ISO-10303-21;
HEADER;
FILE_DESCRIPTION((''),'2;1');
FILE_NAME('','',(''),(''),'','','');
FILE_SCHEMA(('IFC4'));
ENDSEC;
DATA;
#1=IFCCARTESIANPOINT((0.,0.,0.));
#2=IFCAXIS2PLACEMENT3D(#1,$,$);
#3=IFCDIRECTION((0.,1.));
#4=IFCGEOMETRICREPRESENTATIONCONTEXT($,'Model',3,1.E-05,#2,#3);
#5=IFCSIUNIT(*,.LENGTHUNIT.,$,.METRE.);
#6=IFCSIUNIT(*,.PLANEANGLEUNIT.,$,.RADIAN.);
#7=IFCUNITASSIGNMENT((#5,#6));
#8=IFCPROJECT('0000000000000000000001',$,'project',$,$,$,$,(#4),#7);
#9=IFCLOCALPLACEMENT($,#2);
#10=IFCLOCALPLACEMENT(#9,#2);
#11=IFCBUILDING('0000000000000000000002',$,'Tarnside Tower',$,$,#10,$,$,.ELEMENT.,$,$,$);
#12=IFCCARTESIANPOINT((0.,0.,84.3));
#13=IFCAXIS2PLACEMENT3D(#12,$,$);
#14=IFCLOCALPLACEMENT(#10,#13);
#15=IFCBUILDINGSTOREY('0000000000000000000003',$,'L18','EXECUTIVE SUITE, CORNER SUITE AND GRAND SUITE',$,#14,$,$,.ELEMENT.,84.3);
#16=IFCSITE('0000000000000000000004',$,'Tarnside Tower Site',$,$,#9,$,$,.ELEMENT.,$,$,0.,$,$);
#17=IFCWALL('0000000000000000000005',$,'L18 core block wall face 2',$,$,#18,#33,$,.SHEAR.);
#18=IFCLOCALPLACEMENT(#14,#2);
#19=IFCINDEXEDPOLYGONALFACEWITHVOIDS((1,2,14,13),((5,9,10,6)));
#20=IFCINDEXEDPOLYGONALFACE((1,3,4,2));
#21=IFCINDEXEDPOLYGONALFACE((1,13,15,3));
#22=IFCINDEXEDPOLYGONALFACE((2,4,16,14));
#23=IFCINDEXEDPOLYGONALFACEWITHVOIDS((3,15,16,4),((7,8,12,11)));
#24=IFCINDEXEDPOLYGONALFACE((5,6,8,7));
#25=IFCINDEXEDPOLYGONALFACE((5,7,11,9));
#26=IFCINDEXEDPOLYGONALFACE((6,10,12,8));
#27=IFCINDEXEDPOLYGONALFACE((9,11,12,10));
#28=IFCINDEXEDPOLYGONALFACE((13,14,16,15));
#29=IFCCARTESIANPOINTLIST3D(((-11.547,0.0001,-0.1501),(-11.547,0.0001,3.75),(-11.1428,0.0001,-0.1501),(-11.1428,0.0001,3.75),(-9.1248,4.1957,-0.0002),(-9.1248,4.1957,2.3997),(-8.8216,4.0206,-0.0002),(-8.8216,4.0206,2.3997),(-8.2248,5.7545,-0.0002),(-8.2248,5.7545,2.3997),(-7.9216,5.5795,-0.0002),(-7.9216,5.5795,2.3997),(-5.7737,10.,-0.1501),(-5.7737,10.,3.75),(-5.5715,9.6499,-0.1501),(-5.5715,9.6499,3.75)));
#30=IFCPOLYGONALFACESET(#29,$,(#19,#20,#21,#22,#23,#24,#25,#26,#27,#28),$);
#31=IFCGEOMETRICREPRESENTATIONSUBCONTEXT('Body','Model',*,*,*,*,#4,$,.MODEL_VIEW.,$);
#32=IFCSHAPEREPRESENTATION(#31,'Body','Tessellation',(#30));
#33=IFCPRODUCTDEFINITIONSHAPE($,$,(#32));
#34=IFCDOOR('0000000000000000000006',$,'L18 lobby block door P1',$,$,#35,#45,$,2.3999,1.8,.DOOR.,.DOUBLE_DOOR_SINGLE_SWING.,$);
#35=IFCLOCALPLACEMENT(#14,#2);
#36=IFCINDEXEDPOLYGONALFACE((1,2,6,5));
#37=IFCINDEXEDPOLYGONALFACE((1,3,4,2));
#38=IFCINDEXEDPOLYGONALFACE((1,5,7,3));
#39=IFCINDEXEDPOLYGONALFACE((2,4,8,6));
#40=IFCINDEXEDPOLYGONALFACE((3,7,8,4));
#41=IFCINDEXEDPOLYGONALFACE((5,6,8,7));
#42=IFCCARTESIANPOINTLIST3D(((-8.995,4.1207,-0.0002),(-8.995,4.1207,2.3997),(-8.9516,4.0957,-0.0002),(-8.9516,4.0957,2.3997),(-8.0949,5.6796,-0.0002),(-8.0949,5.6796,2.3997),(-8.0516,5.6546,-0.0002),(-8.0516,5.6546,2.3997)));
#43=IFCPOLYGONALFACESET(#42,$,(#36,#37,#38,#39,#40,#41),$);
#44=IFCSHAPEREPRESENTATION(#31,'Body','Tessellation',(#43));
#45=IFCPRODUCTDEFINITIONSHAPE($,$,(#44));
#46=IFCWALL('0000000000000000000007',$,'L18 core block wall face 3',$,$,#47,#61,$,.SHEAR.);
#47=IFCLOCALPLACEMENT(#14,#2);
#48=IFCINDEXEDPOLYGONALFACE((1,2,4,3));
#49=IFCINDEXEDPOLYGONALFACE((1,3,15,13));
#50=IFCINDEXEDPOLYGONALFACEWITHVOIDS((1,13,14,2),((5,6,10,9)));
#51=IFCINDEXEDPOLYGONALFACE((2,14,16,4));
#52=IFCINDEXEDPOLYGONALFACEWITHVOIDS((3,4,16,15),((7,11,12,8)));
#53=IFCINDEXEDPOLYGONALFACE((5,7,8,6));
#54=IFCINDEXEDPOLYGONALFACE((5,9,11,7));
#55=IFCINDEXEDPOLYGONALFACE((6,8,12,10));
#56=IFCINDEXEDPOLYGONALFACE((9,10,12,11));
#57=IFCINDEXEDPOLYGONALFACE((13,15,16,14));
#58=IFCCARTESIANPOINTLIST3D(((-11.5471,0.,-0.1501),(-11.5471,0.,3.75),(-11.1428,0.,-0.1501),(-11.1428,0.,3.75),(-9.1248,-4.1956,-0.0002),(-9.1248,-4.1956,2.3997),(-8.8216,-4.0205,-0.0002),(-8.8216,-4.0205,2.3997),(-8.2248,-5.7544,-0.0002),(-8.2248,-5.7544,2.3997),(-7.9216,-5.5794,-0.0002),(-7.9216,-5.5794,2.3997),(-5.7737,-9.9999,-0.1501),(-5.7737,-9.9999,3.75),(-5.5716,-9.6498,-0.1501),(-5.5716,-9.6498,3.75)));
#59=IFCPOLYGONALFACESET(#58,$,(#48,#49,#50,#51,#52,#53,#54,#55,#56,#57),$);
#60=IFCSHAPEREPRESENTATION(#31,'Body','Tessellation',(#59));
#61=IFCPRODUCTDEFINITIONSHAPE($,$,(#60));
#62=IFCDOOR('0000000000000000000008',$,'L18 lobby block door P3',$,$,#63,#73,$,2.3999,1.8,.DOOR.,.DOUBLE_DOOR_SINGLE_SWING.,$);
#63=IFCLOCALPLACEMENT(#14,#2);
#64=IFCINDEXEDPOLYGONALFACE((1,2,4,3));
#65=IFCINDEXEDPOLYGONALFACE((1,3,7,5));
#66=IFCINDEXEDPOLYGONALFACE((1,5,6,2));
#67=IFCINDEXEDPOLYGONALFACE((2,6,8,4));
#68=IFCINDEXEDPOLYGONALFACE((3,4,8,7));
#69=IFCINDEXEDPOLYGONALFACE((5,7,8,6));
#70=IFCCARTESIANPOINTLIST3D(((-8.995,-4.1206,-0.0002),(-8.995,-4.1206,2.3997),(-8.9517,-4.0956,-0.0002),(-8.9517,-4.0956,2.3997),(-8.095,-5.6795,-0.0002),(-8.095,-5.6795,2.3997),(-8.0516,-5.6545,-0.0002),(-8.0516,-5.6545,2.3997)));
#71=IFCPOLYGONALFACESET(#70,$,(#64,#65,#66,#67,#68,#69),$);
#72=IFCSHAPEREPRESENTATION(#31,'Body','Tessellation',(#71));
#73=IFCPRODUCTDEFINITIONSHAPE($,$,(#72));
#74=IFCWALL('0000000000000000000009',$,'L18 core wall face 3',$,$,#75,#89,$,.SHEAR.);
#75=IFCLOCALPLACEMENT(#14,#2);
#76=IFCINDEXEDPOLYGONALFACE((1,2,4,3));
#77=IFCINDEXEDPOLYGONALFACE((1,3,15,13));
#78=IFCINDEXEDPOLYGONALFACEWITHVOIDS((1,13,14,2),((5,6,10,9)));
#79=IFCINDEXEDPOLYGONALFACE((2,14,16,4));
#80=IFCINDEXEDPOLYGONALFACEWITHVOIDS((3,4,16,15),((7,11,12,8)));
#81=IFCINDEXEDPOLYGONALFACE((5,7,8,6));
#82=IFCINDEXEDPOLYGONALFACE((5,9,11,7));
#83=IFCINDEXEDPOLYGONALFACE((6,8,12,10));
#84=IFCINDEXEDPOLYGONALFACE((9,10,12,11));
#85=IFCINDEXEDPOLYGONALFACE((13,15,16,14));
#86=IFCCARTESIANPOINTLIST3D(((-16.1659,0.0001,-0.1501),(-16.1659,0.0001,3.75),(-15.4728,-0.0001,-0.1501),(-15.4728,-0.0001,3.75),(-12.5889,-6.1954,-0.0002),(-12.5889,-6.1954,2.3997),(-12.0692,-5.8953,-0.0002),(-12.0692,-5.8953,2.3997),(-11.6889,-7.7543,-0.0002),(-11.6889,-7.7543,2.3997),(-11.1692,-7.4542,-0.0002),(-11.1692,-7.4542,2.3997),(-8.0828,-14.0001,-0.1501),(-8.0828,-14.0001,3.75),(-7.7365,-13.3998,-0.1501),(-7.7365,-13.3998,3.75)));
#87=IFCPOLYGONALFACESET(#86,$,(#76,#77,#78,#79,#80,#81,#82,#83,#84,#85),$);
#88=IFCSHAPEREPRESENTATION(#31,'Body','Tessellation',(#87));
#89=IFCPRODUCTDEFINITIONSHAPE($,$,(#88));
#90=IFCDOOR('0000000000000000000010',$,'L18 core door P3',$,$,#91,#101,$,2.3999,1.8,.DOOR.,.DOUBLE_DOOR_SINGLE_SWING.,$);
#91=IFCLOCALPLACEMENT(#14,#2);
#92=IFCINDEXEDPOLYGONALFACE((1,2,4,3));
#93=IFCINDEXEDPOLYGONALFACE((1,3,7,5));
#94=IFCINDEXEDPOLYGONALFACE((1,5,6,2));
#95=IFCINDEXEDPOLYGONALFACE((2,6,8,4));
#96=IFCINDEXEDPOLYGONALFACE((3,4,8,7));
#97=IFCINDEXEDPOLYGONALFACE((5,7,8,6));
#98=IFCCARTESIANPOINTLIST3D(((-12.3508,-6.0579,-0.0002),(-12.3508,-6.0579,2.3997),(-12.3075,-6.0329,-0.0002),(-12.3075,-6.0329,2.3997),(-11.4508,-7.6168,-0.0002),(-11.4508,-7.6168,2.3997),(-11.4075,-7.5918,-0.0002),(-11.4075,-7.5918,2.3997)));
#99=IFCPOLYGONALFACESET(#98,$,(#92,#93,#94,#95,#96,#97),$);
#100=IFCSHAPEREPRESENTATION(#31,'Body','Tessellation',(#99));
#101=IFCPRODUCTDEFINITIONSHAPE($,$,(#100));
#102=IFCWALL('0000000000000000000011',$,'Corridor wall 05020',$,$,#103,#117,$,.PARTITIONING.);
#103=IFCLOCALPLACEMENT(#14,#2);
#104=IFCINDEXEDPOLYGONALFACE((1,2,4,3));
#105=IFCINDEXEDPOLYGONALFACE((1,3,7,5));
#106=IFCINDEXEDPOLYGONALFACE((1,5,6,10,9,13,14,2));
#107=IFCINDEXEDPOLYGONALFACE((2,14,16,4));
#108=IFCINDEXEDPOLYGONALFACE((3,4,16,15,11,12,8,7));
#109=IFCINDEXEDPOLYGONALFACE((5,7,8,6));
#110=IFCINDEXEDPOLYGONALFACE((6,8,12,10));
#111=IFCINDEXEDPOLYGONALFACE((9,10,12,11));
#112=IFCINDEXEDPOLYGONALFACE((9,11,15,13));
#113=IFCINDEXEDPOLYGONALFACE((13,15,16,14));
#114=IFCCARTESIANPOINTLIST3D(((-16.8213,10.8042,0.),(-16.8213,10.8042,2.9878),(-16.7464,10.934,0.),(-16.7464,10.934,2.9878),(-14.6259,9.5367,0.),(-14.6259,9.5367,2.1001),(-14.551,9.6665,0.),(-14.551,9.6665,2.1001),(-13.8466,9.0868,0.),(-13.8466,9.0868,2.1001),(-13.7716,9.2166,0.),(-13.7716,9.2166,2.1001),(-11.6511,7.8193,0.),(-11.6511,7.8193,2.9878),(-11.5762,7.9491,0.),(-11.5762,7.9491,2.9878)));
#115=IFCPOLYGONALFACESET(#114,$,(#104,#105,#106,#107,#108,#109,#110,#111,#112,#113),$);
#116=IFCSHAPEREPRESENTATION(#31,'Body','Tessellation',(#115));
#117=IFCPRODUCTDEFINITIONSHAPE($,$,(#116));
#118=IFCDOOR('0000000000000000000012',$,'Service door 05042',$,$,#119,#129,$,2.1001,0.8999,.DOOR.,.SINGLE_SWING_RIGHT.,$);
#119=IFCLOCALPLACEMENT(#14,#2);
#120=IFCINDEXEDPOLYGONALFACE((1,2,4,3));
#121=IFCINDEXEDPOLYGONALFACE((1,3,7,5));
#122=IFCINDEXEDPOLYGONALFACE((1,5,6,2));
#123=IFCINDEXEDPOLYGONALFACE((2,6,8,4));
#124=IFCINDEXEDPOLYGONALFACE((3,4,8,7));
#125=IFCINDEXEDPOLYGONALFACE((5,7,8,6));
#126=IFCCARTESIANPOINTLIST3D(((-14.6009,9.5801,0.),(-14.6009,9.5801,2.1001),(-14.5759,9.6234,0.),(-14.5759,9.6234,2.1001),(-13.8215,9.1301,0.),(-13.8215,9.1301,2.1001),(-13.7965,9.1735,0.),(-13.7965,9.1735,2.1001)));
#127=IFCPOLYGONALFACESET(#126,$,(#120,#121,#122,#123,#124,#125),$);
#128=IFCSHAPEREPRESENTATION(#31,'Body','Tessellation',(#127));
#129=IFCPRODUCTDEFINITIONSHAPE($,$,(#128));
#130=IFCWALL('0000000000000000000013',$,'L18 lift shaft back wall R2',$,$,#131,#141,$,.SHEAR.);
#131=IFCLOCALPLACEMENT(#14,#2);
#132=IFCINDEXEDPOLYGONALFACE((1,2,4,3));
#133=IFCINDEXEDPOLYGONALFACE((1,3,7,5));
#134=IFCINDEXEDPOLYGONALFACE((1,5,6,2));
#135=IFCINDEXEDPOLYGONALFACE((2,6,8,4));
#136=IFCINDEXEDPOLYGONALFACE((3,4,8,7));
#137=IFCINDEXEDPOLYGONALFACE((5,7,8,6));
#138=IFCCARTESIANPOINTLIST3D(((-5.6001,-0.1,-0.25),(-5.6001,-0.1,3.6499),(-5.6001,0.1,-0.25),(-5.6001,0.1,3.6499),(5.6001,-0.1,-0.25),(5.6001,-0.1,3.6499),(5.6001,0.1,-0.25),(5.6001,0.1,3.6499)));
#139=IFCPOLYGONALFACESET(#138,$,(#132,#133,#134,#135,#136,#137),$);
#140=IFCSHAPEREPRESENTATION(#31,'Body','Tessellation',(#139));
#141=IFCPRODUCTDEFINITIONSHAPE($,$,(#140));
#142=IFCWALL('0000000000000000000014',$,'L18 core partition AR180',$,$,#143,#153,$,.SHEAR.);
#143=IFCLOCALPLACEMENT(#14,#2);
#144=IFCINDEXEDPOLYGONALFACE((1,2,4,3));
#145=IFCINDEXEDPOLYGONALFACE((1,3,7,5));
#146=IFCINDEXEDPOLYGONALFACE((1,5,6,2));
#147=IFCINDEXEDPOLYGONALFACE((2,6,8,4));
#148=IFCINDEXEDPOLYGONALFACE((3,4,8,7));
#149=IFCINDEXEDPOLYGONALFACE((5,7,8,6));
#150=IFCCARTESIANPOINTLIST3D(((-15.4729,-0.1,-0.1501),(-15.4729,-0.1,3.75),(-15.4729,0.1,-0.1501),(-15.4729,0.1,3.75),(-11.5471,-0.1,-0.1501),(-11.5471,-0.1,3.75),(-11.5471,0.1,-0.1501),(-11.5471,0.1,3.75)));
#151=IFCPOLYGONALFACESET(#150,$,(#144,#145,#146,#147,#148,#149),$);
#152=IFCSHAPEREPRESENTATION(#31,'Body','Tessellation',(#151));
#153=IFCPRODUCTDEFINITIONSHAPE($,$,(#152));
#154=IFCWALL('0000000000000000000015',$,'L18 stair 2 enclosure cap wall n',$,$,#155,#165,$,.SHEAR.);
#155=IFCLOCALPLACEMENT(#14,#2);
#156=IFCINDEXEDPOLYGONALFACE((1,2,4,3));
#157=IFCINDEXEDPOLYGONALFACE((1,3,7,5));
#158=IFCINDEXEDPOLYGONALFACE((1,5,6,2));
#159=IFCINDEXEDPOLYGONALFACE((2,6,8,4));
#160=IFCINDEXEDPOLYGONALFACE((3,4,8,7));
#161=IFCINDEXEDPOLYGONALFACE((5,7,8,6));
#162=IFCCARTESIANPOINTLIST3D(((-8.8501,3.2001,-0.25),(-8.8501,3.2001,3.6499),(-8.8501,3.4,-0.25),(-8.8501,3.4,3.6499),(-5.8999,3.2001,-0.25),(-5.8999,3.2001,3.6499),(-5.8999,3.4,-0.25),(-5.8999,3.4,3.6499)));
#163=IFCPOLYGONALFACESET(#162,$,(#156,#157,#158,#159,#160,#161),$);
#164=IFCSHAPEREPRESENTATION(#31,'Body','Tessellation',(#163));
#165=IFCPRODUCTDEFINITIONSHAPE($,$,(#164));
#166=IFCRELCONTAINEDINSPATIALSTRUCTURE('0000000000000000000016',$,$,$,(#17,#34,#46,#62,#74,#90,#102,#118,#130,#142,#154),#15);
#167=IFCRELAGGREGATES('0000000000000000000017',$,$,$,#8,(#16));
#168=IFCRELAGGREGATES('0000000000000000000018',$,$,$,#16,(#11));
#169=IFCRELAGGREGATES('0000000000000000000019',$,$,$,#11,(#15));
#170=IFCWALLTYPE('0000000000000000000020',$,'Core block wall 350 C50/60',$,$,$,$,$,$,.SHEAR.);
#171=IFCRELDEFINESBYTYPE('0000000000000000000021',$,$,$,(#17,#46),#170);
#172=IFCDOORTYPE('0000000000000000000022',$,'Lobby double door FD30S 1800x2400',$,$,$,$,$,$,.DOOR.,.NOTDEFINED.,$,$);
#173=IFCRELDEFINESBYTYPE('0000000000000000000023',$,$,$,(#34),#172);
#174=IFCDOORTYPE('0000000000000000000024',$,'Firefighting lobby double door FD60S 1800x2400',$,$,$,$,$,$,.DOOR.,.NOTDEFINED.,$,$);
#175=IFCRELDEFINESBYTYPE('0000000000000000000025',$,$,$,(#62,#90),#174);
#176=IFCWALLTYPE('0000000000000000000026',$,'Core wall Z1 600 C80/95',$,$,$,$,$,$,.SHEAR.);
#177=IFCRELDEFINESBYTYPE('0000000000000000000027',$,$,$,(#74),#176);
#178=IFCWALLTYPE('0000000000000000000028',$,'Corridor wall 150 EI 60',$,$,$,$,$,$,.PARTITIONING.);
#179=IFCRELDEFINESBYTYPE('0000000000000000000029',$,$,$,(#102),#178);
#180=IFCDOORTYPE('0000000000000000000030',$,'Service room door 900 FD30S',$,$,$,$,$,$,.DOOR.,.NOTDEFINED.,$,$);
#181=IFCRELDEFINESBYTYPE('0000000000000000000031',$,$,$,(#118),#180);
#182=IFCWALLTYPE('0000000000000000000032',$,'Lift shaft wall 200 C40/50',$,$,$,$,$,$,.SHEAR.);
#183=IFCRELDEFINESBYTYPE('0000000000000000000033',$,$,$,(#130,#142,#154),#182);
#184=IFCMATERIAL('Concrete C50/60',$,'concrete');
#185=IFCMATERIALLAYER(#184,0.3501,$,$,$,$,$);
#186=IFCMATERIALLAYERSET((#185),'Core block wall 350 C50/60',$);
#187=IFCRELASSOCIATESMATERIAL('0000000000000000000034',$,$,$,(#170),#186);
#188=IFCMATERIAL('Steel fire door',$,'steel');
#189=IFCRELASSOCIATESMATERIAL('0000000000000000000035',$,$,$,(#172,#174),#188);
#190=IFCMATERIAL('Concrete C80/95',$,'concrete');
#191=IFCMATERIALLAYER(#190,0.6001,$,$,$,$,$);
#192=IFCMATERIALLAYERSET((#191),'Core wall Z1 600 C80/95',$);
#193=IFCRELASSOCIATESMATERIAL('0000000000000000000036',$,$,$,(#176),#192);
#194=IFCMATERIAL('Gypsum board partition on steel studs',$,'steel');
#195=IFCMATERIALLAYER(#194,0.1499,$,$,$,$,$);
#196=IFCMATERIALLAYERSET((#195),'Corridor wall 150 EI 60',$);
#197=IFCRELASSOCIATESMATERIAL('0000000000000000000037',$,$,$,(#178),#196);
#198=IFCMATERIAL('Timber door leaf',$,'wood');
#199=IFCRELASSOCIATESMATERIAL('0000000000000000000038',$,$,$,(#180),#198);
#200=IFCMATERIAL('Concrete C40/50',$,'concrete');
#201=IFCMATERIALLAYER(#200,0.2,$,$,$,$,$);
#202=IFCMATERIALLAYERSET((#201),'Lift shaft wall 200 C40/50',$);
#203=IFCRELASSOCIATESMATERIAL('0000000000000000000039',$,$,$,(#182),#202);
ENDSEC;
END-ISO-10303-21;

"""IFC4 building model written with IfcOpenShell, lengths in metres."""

from ifc_helpers import new_model, si_unit, direction, frame, frame_2d, origin, place, context, subcontext, project, spatial, polyline, rectangle, outline, extrude, material, layer, layer_set, type_object, element, fill, save


model = new_model("IFC4")

# Units and contexts
model_context = context("Model", 3, precision=1e-05, world=origin(), true_north=direction((0.0, 1.0)))
body_context = subcontext(model_context, "Body", "Model", "MODEL_VIEW")
ifc_project = project(units=[si_unit("LENGTHUNIT", "METRE"), si_unit("PLANEANGLEUNIT", "RADIAN")], contexts=[model_context])

# Site, building, storey
site_placement = place(None, origin())
site = spatial("IfcSite", under=ifc_project, at=site_placement, Name="Tarnside Tower Site", CompositionType="ELEMENT", RefElevation=0.0)
building_placement = place(site_placement, origin())
building = spatial("IfcBuilding", under=site, at=building_placement, Name="Tarnside Tower", CompositionType="ELEMENT")
storey_placement = place(building_placement, frame((0.0, 0.0, 84.3)))
storey = spatial("IfcBuildingStorey", under=building, at=storey_placement, Name="L18", Description="EXECUTIVE SUITE, CORNER SUITE AND GRAND SUITE", CompositionType="ELEMENT", Elevation=84.3)

# Walls, openings, doors
ifc_material_1 = material(Name="Concrete C50/60", Category="concrete")
ifc_layer_1 = layer(ifc_material_1, 0.3501)
ifc_layer_set_1 = layer_set([ifc_layer_1], Name="Core block wall 350 C50/60")
wall_type_1 = type_object("IfcWallType", Name="Core block wall 350 C50/60", PredefinedType="SHEAR", material=ifc_layer_set_1)
wall_1_placement = place(storey_placement, frame((-5.6726, 9.825, -0.1501), z_axis=(0.0, 0.0, 1.0), x_axis=(-0.499995, -0.866028, 0.0)))
wall_1 = element("IfcWall", 1, at=wall_1_placement, inside=storey, type_object=wall_type_1, Name="L18 core block wall face 2", PredefinedType="SHEAR", context=body_context, shape_type="SweptSolid", body=[
    extrude(outline(polyline([(-0.1011, -0.175), (11.4458, -0.175), (11.2437, 0.175), (0.1011, 0.175), (-0.1011, -0.175)])), origin(), (0.0, 0.0, 1.0), 3.9001),
])
opening_1_placement = place(wall_1_placement, frame((4.8013, 0.0, 0.1499)))
opening_1 = element("IfcOpeningElement", 2, at=opening_1_placement, cuts=wall_1, PredefinedType="OPENING", context=body_context, shape_type="SweptSolid", body=[
    extrude(rectangle(XDim=1.8, YDim=2.3999, at=frame_2d((0.8999, 1.2))), frame((0.0, 0.1851, 0.0), z_axis=(0.0, -1.0, 0.0), x_axis=(1.0, 0.0, 0.0)), (0.0, 0.0, 1.0), 0.3701),
])
ifc_material_2 = material(Name="Steel fire door", Category="steel")
door_type_1 = type_object("IfcDoorType", Name="Lobby double door FD30S 1800x2400", OperationType="NOTDEFINED", PredefinedType="DOOR", material=ifc_material_2)
door_1_placement = place(opening_1_placement, origin())
door_1 = element("IfcDoor", 3, at=door_1_placement, inside=storey, type_object=door_type_1, Name="L18 lobby block door P1", OperationType="DOUBLE_DOOR_SINGLE_SWING", OverallHeight=2.3999, OverallWidth=1.8, PredefinedType="DOOR", context=body_context, shape_type="SweptSolid", body=[
    extrude(rectangle(XDim=1.8, YDim=2.3999, at=frame_2d((0.8999, 1.2))), frame((0.0, 0.0249, 0.0), z_axis=(0.0, -1.0, 0.0), x_axis=(1.0, 0.0, 0.0)), (0.0, 0.0, 1.0), 0.05),
])
fill(opening_1, door_1)
wall_2_placement = place(storey_placement, frame((-11.345, 0.0, -0.1501), z_axis=(0.0, 0.0, 1.0), x_axis=(0.499995, -0.866028, 0.0)))
wall_2 = element("IfcWall", 4, at=wall_2_placement, inside=storey, type_object=wall_type_1, Name="L18 core block wall face 3", PredefinedType="SHEAR", context=body_context, shape_type="SweptSolid", body=[
    extrude(outline(polyline([(-0.1011, -0.175), (11.4458, -0.175), (11.2437, 0.175), (0.1011, 0.175), (-0.1011, -0.175)])), origin(), (0.0, 0.0, 1.0), 3.9001),
])
opening_2_placement = place(wall_2_placement, frame((4.7437, 0.0, 0.1499)))
opening_2 = element("IfcOpeningElement", 5, at=opening_2_placement, cuts=wall_2, PredefinedType="OPENING", context=body_context, shape_type="SweptSolid", body=[
    extrude(rectangle(XDim=1.8, YDim=2.3999, at=frame_2d((0.8999, 1.2))), frame((0.0, 0.1851, 0.0), z_axis=(0.0, -1.0, 0.0), x_axis=(1.0, 0.0, 0.0)), (0.0, 0.0, 1.0), 0.3701),
])
door_type_2 = type_object("IfcDoorType", Name="Firefighting lobby double door FD60S 1800x2400", OperationType="NOTDEFINED", PredefinedType="DOOR", material=ifc_material_2)
door_2_placement = place(opening_2_placement, origin())
door_2 = element("IfcDoor", 6, at=door_2_placement, inside=storey, type_object=door_type_2, Name="L18 lobby block door P3", OperationType="DOUBLE_DOOR_SINGLE_SWING", OverallHeight=2.3999, OverallWidth=1.8, PredefinedType="DOOR", context=body_context, shape_type="SweptSolid", body=[
    extrude(rectangle(XDim=1.8, YDim=2.3999, at=frame_2d((0.8999, 1.2))), frame((0.0, 0.0249, 0.0), z_axis=(0.0, -1.0, 0.0), x_axis=(1.0, 0.0, 0.0)), (0.0, 0.0, 1.0), 0.05),
])
fill(opening_2, door_2)
ifc_material_3 = material(Name="Concrete C80/95", Category="concrete")
ifc_layer_2 = layer(ifc_material_3, 0.6001)
ifc_layer_set_2 = layer_set([ifc_layer_2], Name="Core wall Z1 600 C80/95")
wall_type_2 = type_object("IfcWallType", Name="Core wall Z1 600 C80/95", PredefinedType="SHEAR", material=ifc_layer_set_2)
wall_3_placement = place(storey_placement, frame((-15.8193, 0.0, -0.1501), z_axis=(0.0, 0.0, 1.0), x_axis=(0.5, -0.866025, 0.0)))
wall_3 = element("IfcWall", 7, at=wall_3_placement, inside=storey, type_object=wall_type_2, Name="L18 core wall face 3", PredefinedType="SHEAR", context=body_context, shape_type="SweptSolid", body=[
    extrude(outline(polyline([(-0.1733, -0.3), (15.9927, -0.3), (15.646, 0.3), (0.1733, 0.3), (-0.1733, -0.3)])), origin(), (0.0, 0.0, 1.0), 3.9001),
])
opening_3_placement = place(wall_3_placement, frame((6.9807, 0.0, 0.1499)))
opening_3 = element("IfcOpeningElement", 8, at=opening_3_placement, cuts=wall_3, PredefinedType="OPENING", context=body_context, shape_type="SweptSolid", body=[
    extrude(rectangle(XDim=1.8, YDim=2.3999, at=frame_2d((0.8999, 1.2))), frame((0.0, 0.3101, 0.0), z_axis=(0.0, -1.0, 0.0), x_axis=(1.0, 0.0, 0.0)), (0.0, 0.0, 1.0), 0.6201),
])
door_3_placement = place(opening_3_placement, origin())
door_3 = element("IfcDoor", 9, at=door_3_placement, inside=storey, type_object=door_type_2, Name="L18 core door P3", OperationType="DOUBLE_DOOR_SINGLE_SWING", OverallHeight=2.3999, OverallWidth=1.8, PredefinedType="DOOR", context=body_context, shape_type="SweptSolid", body=[
    extrude(rectangle(XDim=1.8, YDim=2.3999, at=frame_2d((0.8999, 1.2))), frame((0.0, 0.0249, 0.0), z_axis=(0.0, -1.0, 0.0), x_axis=(1.0, 0.0, 0.0)), (0.0, 0.0, 1.0), 0.05),
])
fill(opening_3, door_3)
ifc_material_4 = material(Name="Gypsum board partition on steel studs", Category="steel")
ifc_layer_3 = layer(ifc_material_4, 0.1499)
ifc_layer_set_3 = layer_set([ifc_layer_3], Name="Corridor wall 150 EI 60")
wall_type_3 = type_object("IfcWallType", Name="Corridor wall 150 EI 60", PredefinedType="PARTITIONING", material=ifc_layer_set_3)
wall_4_placement = place(storey_placement, frame((-11.6138, 7.8843, 0.0), z_axis=(0.0, 0.0, 1.0), x_axis=(-0.866035, 0.499983, 0.0)))
wall_4 = element("IfcWall", 10, at=wall_4_placement, inside=storey, type_object=wall_type_3, Name="Corridor wall 05020", PredefinedType="PARTITIONING", context=body_context, shape_type="SweptSolid", body=[
    extrude(rectangle(XDim=5.97, YDim=0.1499, at=frame_2d((2.9849, 0.0))), origin(), (0.0, 0.0, 1.0), 2.9878),
])
opening_4_placement = place(wall_4_placement, frame((2.5349, 0.0, 0.0)))
opening_4 = element("IfcOpeningElement", 11, at=opening_4_placement, cuts=wall_4, PredefinedType="OPENING", context=body_context, shape_type="SweptSolid", body=[
    extrude(rectangle(XDim=0.8999, YDim=2.1001, at=frame_2d((0.45, 1.05))), frame((0.0, 0.085, 0.0), z_axis=(0.0, -1.0, 0.0), x_axis=(1.0, 0.0, 0.0)), (0.0, 0.0, 1.0), 0.1699),
])
ifc_material_5 = material(Name="Timber door leaf", Category="wood")
door_type_3 = type_object("IfcDoorType", Name="Service room door 900 FD30S", OperationType="NOTDEFINED", PredefinedType="DOOR", material=ifc_material_5)
door_4_placement = place(opening_4_placement, origin())
door_4 = element("IfcDoor", 12, at=door_4_placement, inside=storey, type_object=door_type_3, Name="Service door 05042", OperationType="SINGLE_SWING_RIGHT", OverallHeight=2.1001, OverallWidth=0.8999, PredefinedType="DOOR", context=body_context, shape_type="SweptSolid", body=[
    extrude(rectangle(XDim=0.8999, YDim=2.1001, at=frame_2d((0.45, 1.05))), frame((0.0, 0.0249, 0.0), z_axis=(0.0, -1.0, 0.0), x_axis=(1.0, 0.0, 0.0)), (0.0, 0.0, 1.0), 0.05),
])
fill(opening_4, door_4)

# Walls
ifc_material_6 = material(Name="Concrete C40/50", Category="concrete")
ifc_layer_4 = layer(ifc_material_6, 0.2)
ifc_layer_set_4 = layer_set([ifc_layer_4], Name="Lift shaft wall 200 C40/50")
wall_type_4 = type_object("IfcWallType", Name="Lift shaft wall 200 C40/50", PredefinedType="SHEAR", material=ifc_layer_set_4)
wall_5_placement = place(storey_placement, frame((-5.6001, 0.0, -0.25), z_axis=(0.0, 0.0, 1.0), x_axis=(1.0, 0.0, 0.0)))
element("IfcWall", 13, at=wall_5_placement, inside=storey, type_object=wall_type_4, Name="L18 lift shaft back wall R2", PredefinedType="SHEAR", context=body_context, shape_type="SweptSolid", body=[
    extrude(rectangle(XDim=11.2002, YDim=0.2, at=frame_2d((5.6001, 0.0))), origin(), (0.0, 0.0, 1.0), 3.8999),
])
wall_6_placement = place(storey_placement, frame((-11.5471, 0.0, -0.1501), z_axis=(0.0, 0.0, 1.0), x_axis=(-1.0, 0.0, 0.0)))
element("IfcWall", 14, at=wall_6_placement, inside=storey, type_object=wall_type_4, Name="L18 core partition AR180", PredefinedType="SHEAR", context=body_context, shape_type="SweptSolid", body=[
    extrude(rectangle(XDim=3.9258, YDim=0.2, at=frame_2d((1.9629, 0.0))), origin(), (0.0, 0.0, 1.0), 3.9001),
])
wall_7_placement = place(storey_placement, frame((-8.8501, 3.3, -0.25), z_axis=(0.0, 0.0, 1.0), x_axis=(1.0, 0.0, 0.0)))
element("IfcWall", 15, at=wall_7_placement, inside=storey, type_object=wall_type_4, Name="L18 stair 2 enclosure cap wall n", PredefinedType="SHEAR", context=body_context, shape_type="SweptSolid", body=[
    extrude(rectangle(XDim=2.9502, YDim=0.2, at=frame_2d((1.4751, 0.0))), origin(), (0.0, 0.0, 1.0), 3.8999),
])

save(model, "model.ifc")
